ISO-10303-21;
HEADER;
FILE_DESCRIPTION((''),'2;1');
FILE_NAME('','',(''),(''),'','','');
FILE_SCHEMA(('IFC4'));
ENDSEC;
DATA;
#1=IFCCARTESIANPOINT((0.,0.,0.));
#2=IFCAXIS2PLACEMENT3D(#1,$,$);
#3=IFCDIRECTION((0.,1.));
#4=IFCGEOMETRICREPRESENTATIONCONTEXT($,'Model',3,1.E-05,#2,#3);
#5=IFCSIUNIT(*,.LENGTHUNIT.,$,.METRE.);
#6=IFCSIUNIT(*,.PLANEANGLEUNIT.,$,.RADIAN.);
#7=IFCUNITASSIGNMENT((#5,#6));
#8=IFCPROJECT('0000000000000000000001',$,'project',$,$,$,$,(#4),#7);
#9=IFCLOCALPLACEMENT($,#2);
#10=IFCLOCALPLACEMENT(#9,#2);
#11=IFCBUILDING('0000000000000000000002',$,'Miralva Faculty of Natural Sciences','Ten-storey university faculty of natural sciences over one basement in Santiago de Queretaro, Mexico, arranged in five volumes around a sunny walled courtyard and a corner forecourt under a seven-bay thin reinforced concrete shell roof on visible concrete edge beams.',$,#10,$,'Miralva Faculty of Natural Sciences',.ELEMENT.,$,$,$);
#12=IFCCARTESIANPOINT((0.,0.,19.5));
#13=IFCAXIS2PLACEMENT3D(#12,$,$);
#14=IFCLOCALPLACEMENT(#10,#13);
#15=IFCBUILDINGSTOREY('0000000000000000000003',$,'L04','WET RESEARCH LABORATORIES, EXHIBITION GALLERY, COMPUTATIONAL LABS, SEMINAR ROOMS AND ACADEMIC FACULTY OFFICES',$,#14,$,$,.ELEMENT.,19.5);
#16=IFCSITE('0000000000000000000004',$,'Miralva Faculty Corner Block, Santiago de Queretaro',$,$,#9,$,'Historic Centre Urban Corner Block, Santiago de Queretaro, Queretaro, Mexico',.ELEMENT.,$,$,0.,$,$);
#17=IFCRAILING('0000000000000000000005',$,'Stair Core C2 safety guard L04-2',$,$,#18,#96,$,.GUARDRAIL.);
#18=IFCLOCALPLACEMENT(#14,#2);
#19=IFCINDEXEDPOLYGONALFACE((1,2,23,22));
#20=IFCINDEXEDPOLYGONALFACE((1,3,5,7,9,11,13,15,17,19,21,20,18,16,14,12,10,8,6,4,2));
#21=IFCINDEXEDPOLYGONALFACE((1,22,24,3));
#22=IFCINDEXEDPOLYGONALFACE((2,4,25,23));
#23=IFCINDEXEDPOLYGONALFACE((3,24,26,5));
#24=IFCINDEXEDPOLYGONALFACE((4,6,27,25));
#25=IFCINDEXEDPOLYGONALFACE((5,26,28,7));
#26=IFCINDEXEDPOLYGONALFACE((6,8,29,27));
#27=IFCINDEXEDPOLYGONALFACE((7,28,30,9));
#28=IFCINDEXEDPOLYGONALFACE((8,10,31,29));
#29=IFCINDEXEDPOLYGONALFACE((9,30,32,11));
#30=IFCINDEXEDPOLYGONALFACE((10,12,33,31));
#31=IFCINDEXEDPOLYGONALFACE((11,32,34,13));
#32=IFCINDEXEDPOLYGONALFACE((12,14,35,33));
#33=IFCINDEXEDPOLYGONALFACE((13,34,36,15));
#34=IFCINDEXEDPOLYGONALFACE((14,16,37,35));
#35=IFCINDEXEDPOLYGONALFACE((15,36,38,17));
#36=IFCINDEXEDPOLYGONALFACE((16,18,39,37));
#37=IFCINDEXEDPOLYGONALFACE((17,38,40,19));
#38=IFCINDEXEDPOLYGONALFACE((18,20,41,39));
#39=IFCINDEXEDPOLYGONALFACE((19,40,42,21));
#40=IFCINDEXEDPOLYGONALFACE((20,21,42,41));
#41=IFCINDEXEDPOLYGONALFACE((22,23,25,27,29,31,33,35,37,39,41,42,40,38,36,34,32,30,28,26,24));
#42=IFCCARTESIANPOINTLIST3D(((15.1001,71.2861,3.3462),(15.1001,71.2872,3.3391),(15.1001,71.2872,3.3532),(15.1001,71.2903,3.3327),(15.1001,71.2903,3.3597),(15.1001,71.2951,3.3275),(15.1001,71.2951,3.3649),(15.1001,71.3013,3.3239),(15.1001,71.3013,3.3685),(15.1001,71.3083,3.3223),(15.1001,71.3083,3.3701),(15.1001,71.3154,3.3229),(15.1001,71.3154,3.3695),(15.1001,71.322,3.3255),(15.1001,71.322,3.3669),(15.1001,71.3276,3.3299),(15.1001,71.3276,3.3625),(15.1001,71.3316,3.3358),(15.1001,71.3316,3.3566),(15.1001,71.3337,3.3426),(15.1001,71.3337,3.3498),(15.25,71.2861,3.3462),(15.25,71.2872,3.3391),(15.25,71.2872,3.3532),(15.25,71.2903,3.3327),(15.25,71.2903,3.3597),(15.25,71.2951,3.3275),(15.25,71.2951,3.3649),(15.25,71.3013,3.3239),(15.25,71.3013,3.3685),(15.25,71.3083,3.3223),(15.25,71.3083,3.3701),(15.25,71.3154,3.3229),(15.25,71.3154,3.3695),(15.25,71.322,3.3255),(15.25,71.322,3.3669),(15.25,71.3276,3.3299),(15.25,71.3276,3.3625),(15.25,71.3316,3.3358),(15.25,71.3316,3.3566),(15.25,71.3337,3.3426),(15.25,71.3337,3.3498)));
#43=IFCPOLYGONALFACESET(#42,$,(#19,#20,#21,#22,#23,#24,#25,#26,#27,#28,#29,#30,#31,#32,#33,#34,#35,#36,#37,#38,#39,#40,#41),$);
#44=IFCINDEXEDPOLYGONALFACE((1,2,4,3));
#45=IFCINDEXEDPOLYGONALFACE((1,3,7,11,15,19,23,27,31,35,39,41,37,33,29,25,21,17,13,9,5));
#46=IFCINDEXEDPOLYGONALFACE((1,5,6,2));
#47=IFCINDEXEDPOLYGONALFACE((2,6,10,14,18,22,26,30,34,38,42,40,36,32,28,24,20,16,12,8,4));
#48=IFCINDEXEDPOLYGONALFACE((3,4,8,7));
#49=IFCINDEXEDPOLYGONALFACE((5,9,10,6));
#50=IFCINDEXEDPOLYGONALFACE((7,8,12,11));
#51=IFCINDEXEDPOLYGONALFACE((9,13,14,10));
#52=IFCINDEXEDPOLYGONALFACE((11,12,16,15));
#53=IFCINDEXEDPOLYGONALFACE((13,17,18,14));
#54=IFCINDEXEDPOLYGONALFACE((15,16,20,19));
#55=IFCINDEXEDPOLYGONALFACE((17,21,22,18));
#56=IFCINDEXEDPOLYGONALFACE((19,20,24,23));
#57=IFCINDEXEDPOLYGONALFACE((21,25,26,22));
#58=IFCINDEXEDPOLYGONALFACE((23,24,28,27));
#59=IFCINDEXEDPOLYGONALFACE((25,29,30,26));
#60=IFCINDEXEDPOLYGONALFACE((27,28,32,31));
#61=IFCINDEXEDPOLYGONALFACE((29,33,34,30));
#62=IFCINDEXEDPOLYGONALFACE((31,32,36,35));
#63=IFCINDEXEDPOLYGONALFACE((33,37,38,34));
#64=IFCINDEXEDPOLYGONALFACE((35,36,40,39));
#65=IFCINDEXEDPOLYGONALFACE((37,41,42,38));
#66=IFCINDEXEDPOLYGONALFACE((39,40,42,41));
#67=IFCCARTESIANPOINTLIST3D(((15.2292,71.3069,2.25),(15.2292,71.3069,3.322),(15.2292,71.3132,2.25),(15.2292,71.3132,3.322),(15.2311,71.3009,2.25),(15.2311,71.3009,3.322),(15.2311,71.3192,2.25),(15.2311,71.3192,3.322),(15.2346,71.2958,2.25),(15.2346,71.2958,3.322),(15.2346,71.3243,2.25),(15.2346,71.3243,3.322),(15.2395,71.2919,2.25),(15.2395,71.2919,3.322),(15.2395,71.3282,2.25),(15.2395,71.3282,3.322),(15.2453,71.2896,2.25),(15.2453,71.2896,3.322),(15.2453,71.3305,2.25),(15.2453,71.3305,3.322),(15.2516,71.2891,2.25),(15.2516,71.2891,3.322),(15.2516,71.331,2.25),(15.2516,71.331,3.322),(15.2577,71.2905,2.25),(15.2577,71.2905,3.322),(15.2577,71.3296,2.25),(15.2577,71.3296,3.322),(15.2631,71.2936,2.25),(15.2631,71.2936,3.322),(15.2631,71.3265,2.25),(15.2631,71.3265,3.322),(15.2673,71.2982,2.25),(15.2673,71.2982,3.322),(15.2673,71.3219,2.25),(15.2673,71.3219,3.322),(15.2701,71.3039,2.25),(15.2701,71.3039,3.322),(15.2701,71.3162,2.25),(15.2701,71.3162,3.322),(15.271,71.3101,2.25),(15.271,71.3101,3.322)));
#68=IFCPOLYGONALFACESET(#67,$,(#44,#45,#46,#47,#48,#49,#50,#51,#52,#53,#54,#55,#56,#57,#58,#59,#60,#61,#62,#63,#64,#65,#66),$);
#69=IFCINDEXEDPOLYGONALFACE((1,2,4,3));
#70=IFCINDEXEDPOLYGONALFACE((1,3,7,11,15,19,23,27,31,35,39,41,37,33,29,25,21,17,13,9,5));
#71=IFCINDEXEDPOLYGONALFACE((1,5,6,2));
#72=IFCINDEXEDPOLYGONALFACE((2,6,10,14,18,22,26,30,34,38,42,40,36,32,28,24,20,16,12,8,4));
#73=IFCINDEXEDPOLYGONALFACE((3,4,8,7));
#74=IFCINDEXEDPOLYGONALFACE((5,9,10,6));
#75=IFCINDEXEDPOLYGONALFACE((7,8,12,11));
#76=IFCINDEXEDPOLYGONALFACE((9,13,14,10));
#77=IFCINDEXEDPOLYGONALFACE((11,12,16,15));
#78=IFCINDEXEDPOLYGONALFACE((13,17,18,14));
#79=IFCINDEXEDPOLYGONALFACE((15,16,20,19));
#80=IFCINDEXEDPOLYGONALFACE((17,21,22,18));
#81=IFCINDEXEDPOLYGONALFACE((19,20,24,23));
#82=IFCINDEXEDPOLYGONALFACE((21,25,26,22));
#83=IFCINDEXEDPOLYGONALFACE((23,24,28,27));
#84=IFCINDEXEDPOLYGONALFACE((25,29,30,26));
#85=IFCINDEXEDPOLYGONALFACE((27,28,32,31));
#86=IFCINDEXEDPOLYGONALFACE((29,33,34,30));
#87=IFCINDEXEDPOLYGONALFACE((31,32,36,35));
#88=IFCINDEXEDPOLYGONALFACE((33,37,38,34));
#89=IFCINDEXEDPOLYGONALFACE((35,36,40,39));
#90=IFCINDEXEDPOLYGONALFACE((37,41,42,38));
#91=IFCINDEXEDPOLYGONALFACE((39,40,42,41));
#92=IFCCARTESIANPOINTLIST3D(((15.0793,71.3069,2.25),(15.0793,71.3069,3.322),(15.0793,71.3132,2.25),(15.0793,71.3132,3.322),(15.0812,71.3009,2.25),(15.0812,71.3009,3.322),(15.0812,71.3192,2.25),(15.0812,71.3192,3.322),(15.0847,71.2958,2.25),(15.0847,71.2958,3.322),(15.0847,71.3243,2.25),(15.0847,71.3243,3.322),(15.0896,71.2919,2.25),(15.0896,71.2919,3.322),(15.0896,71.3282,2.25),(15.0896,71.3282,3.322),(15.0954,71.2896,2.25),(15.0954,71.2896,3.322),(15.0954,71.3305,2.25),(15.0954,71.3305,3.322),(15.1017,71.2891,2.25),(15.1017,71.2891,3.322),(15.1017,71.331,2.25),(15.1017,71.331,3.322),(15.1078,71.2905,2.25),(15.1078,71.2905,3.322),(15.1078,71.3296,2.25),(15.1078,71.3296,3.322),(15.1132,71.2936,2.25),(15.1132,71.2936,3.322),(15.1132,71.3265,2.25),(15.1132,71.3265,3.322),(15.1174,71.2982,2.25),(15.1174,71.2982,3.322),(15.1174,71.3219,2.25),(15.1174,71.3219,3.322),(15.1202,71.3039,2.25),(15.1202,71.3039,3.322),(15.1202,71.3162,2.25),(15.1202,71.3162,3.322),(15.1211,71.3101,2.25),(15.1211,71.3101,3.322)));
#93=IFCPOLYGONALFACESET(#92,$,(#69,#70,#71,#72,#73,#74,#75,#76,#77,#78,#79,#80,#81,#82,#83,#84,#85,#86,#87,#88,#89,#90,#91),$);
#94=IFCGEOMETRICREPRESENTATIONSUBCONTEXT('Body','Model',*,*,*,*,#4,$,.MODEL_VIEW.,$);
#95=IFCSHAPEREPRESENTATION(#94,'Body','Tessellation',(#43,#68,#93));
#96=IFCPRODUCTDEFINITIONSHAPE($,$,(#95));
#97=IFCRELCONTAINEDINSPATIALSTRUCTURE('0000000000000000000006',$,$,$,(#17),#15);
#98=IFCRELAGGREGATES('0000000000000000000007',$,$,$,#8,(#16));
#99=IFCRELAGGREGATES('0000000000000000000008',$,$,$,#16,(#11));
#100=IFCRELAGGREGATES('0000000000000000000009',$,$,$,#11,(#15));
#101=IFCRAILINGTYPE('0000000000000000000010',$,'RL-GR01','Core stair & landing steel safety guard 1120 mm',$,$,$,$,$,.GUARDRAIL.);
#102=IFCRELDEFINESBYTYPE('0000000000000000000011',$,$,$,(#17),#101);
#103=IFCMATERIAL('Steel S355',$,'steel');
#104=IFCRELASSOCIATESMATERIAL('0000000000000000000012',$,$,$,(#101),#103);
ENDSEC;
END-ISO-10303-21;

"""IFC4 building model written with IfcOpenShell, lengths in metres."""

from ifc_helpers import new_model, si_unit, direction, frame, origin, origin_2d, place, context, subcontext, project, spatial, circle, extrude, material, type_object, element, save


model = new_model("IFC4")

# Units and contexts
model_context = context("Model", 3, precision=1e-05, world=origin(), true_north=direction((0.0, 1.0)))
body_context = subcontext(model_context, "Body", "Model", "MODEL_VIEW")
ifc_project = project(units=[si_unit("LENGTHUNIT", "METRE"), si_unit("PLANEANGLEUNIT", "RADIAN")], contexts=[model_context])

# Site, building, storey
site_placement = place(None, origin())
site = spatial("IfcSite", under=ifc_project, at=site_placement, Name="Miralva Faculty Corner Block, Santiago de Queretaro", LongName="Historic Centre Urban Corner Block, Santiago de Queretaro, Queretaro, Mexico", CompositionType="ELEMENT", RefElevation=0.0)
building_placement = place(site_placement, origin())
building = spatial("IfcBuilding", under=site, at=building_placement, Name="Miralva Faculty of Natural Sciences", Description="Ten-storey university faculty of natural sciences over one basement in Santiago de Queretaro, Mexico, arranged in five volumes around a sunny walled courtyard and a corner forecourt under a seven-bay thin reinforced concrete shell roof on visible concrete edge beams.", LongName="Miralva Faculty of Natural Sciences", CompositionType="ELEMENT")
storey_placement = place(building_placement, frame((0.0, 0.0, 19.5)))
storey = spatial("IfcBuildingStorey", under=building, at=storey_placement, Name="L04", Description="WET RESEARCH LABORATORIES, EXHIBITION GALLERY, COMPUTATIONAL LABS, SEMINAR ROOMS AND ACADEMIC FACULTY OFFICES", CompositionType="ELEMENT", Elevation=19.5)

# Railing
ifc_material_1 = material(Name="Steel S355", Category="steel")
railing_type_1 = type_object("IfcRailingType", Name="RL-GR01", Description="Core stair & landing steel safety guard 1120 mm", PredefinedType="GUARDRAIL", material=ifc_material_1)
railing_1_placement = place(storey_placement, frame((15.25, 71.3101, 2.25)))
element("IfcRailing", 1, at=railing_1_placement, inside=storey, type_object=railing_type_1, Name="Stair Core C2 safety guard L04-2", PredefinedType="GUARDRAIL", context=body_context, shape_type="SweptSolid", body=[
    extrude(circle(Radius=0.0239, at=origin_2d()), frame((0.0, 0.0, 1.0962), z_axis=(-1.0, 0.0, 0.0), x_axis=(0.0, -1.0, 0.0)), (0.0, 0.0, 1.0), 0.1499),
    extrude(circle(Radius=0.021, at=origin_2d()), origin(), (0.0, 0.0, 1.0), 1.072),
    extrude(circle(Radius=0.021, at=origin_2d()), frame((-0.1499, 0.0, 0.0)), (0.0, 0.0, 1.0), 1.072),
])

save(model, "model.ifc")
